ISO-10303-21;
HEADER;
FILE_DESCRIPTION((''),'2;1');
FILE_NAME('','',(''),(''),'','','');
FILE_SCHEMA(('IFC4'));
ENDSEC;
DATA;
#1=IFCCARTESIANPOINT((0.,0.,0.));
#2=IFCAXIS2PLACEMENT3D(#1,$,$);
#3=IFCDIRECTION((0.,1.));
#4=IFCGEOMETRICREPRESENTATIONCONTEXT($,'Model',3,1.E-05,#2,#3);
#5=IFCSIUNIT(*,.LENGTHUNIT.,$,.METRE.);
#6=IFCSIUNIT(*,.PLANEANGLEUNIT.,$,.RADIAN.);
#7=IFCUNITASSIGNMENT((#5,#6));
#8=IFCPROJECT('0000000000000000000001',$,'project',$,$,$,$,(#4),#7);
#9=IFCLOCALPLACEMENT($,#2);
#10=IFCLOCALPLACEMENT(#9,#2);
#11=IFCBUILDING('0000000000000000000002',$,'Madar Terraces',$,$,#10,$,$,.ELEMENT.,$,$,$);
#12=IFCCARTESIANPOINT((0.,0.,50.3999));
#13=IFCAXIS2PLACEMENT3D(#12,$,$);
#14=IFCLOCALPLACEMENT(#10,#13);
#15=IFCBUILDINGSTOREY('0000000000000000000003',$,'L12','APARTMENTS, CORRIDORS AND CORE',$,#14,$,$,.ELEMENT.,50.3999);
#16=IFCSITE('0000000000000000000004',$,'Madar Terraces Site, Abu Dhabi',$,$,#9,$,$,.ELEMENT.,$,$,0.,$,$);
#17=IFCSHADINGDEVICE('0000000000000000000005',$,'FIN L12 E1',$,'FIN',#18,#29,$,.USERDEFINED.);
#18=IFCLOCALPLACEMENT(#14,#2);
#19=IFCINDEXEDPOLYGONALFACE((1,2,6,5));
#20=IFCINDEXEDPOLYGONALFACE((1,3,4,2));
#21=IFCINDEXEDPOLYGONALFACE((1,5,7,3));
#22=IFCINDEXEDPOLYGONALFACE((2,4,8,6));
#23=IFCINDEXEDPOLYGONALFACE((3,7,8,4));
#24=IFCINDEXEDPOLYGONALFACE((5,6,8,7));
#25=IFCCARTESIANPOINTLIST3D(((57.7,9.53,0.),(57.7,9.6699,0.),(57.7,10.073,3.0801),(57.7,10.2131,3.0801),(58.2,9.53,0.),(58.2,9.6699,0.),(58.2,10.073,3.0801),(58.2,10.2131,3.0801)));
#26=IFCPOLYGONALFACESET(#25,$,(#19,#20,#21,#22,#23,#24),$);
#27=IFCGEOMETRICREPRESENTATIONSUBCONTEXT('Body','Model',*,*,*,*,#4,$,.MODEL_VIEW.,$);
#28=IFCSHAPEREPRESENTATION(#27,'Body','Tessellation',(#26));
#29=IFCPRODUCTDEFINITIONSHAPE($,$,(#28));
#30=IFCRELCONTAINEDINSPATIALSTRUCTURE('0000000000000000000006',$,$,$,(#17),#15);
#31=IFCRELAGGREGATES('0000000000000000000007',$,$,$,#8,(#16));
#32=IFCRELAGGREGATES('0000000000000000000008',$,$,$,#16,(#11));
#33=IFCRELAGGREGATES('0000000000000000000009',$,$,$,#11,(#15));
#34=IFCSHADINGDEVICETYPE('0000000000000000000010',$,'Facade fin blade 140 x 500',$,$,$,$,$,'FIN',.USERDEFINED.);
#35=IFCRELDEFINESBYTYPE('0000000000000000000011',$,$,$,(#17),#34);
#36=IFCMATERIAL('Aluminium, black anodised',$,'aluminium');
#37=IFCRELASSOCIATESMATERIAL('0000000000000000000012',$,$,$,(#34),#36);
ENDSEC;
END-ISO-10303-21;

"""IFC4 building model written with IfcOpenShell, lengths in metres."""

from ifc_helpers import new_model, si_unit, direction, frame, origin, place, context, subcontext, project, spatial, polyline, outline, extrude, material, type_object, element, save


model = new_model("IFC4")

# Units and contexts
model_context = context("Model", 3, precision=1e-05, world=origin(), true_north=direction((0.0, 1.0)))
body_context = subcontext(model_context, "Body", "Model", "MODEL_VIEW")
ifc_project = project(units=[si_unit("LENGTHUNIT", "METRE"), si_unit("PLANEANGLEUNIT", "RADIAN")], contexts=[model_context])

# Site, building, storey
site_placement = place(None, origin())
site = spatial("IfcSite", under=ifc_project, at=site_placement, Name="Madar Terraces Site, Abu Dhabi", CompositionType="ELEMENT", RefElevation=0.0)
building_placement = place(site_placement, origin())
building = spatial("IfcBuilding", under=site, at=building_placement, Name="Madar Terraces", CompositionType="ELEMENT")
storey_placement = place(building_placement, frame((0.0, 0.0, 50.3999)))
storey = spatial("IfcBuildingStorey", under=building, at=storey_placement, Name="L12", Description="APARTMENTS, CORRIDORS AND CORE", CompositionType="ELEMENT", Elevation=50.3999)

# Shading device
ifc_material_1 = material(Name="Aluminium, black anodised", Category="aluminium")
shading_device_type = type_object("IfcShadingDeviceType", Name="Facade fin blade 140 x 500", ElementType="FIN", PredefinedType="USERDEFINED", material=ifc_material_1)
shading_device_placement = place(storey_placement, frame((57.95, 9.53, 0.0), z_axis=(0.0, 0.0, 1.0), x_axis=(0.0, 1.0, 0.0)))
element("IfcShadingDevice", 1, at=shading_device_placement, inside=storey, type_object=shading_device_type, Name="FIN L12 E1", ObjectType="FIN", PredefinedType="USERDEFINED", context=body_context, shape_type="SweptSolid", body=[
    extrude(outline(polyline([(0.0, 0.0), (0.1399, 0.0), (0.6831, 3.0801), (0.543, 3.0801), (0.0, 0.0)])), frame((0.0, 0.25, 0.0), z_axis=(0.0, -1.0, 0.0), x_axis=(1.0, 0.0, 0.0)), (0.0, 0.0, 1.0), 0.5),
])

save(model, "model.ifc")
